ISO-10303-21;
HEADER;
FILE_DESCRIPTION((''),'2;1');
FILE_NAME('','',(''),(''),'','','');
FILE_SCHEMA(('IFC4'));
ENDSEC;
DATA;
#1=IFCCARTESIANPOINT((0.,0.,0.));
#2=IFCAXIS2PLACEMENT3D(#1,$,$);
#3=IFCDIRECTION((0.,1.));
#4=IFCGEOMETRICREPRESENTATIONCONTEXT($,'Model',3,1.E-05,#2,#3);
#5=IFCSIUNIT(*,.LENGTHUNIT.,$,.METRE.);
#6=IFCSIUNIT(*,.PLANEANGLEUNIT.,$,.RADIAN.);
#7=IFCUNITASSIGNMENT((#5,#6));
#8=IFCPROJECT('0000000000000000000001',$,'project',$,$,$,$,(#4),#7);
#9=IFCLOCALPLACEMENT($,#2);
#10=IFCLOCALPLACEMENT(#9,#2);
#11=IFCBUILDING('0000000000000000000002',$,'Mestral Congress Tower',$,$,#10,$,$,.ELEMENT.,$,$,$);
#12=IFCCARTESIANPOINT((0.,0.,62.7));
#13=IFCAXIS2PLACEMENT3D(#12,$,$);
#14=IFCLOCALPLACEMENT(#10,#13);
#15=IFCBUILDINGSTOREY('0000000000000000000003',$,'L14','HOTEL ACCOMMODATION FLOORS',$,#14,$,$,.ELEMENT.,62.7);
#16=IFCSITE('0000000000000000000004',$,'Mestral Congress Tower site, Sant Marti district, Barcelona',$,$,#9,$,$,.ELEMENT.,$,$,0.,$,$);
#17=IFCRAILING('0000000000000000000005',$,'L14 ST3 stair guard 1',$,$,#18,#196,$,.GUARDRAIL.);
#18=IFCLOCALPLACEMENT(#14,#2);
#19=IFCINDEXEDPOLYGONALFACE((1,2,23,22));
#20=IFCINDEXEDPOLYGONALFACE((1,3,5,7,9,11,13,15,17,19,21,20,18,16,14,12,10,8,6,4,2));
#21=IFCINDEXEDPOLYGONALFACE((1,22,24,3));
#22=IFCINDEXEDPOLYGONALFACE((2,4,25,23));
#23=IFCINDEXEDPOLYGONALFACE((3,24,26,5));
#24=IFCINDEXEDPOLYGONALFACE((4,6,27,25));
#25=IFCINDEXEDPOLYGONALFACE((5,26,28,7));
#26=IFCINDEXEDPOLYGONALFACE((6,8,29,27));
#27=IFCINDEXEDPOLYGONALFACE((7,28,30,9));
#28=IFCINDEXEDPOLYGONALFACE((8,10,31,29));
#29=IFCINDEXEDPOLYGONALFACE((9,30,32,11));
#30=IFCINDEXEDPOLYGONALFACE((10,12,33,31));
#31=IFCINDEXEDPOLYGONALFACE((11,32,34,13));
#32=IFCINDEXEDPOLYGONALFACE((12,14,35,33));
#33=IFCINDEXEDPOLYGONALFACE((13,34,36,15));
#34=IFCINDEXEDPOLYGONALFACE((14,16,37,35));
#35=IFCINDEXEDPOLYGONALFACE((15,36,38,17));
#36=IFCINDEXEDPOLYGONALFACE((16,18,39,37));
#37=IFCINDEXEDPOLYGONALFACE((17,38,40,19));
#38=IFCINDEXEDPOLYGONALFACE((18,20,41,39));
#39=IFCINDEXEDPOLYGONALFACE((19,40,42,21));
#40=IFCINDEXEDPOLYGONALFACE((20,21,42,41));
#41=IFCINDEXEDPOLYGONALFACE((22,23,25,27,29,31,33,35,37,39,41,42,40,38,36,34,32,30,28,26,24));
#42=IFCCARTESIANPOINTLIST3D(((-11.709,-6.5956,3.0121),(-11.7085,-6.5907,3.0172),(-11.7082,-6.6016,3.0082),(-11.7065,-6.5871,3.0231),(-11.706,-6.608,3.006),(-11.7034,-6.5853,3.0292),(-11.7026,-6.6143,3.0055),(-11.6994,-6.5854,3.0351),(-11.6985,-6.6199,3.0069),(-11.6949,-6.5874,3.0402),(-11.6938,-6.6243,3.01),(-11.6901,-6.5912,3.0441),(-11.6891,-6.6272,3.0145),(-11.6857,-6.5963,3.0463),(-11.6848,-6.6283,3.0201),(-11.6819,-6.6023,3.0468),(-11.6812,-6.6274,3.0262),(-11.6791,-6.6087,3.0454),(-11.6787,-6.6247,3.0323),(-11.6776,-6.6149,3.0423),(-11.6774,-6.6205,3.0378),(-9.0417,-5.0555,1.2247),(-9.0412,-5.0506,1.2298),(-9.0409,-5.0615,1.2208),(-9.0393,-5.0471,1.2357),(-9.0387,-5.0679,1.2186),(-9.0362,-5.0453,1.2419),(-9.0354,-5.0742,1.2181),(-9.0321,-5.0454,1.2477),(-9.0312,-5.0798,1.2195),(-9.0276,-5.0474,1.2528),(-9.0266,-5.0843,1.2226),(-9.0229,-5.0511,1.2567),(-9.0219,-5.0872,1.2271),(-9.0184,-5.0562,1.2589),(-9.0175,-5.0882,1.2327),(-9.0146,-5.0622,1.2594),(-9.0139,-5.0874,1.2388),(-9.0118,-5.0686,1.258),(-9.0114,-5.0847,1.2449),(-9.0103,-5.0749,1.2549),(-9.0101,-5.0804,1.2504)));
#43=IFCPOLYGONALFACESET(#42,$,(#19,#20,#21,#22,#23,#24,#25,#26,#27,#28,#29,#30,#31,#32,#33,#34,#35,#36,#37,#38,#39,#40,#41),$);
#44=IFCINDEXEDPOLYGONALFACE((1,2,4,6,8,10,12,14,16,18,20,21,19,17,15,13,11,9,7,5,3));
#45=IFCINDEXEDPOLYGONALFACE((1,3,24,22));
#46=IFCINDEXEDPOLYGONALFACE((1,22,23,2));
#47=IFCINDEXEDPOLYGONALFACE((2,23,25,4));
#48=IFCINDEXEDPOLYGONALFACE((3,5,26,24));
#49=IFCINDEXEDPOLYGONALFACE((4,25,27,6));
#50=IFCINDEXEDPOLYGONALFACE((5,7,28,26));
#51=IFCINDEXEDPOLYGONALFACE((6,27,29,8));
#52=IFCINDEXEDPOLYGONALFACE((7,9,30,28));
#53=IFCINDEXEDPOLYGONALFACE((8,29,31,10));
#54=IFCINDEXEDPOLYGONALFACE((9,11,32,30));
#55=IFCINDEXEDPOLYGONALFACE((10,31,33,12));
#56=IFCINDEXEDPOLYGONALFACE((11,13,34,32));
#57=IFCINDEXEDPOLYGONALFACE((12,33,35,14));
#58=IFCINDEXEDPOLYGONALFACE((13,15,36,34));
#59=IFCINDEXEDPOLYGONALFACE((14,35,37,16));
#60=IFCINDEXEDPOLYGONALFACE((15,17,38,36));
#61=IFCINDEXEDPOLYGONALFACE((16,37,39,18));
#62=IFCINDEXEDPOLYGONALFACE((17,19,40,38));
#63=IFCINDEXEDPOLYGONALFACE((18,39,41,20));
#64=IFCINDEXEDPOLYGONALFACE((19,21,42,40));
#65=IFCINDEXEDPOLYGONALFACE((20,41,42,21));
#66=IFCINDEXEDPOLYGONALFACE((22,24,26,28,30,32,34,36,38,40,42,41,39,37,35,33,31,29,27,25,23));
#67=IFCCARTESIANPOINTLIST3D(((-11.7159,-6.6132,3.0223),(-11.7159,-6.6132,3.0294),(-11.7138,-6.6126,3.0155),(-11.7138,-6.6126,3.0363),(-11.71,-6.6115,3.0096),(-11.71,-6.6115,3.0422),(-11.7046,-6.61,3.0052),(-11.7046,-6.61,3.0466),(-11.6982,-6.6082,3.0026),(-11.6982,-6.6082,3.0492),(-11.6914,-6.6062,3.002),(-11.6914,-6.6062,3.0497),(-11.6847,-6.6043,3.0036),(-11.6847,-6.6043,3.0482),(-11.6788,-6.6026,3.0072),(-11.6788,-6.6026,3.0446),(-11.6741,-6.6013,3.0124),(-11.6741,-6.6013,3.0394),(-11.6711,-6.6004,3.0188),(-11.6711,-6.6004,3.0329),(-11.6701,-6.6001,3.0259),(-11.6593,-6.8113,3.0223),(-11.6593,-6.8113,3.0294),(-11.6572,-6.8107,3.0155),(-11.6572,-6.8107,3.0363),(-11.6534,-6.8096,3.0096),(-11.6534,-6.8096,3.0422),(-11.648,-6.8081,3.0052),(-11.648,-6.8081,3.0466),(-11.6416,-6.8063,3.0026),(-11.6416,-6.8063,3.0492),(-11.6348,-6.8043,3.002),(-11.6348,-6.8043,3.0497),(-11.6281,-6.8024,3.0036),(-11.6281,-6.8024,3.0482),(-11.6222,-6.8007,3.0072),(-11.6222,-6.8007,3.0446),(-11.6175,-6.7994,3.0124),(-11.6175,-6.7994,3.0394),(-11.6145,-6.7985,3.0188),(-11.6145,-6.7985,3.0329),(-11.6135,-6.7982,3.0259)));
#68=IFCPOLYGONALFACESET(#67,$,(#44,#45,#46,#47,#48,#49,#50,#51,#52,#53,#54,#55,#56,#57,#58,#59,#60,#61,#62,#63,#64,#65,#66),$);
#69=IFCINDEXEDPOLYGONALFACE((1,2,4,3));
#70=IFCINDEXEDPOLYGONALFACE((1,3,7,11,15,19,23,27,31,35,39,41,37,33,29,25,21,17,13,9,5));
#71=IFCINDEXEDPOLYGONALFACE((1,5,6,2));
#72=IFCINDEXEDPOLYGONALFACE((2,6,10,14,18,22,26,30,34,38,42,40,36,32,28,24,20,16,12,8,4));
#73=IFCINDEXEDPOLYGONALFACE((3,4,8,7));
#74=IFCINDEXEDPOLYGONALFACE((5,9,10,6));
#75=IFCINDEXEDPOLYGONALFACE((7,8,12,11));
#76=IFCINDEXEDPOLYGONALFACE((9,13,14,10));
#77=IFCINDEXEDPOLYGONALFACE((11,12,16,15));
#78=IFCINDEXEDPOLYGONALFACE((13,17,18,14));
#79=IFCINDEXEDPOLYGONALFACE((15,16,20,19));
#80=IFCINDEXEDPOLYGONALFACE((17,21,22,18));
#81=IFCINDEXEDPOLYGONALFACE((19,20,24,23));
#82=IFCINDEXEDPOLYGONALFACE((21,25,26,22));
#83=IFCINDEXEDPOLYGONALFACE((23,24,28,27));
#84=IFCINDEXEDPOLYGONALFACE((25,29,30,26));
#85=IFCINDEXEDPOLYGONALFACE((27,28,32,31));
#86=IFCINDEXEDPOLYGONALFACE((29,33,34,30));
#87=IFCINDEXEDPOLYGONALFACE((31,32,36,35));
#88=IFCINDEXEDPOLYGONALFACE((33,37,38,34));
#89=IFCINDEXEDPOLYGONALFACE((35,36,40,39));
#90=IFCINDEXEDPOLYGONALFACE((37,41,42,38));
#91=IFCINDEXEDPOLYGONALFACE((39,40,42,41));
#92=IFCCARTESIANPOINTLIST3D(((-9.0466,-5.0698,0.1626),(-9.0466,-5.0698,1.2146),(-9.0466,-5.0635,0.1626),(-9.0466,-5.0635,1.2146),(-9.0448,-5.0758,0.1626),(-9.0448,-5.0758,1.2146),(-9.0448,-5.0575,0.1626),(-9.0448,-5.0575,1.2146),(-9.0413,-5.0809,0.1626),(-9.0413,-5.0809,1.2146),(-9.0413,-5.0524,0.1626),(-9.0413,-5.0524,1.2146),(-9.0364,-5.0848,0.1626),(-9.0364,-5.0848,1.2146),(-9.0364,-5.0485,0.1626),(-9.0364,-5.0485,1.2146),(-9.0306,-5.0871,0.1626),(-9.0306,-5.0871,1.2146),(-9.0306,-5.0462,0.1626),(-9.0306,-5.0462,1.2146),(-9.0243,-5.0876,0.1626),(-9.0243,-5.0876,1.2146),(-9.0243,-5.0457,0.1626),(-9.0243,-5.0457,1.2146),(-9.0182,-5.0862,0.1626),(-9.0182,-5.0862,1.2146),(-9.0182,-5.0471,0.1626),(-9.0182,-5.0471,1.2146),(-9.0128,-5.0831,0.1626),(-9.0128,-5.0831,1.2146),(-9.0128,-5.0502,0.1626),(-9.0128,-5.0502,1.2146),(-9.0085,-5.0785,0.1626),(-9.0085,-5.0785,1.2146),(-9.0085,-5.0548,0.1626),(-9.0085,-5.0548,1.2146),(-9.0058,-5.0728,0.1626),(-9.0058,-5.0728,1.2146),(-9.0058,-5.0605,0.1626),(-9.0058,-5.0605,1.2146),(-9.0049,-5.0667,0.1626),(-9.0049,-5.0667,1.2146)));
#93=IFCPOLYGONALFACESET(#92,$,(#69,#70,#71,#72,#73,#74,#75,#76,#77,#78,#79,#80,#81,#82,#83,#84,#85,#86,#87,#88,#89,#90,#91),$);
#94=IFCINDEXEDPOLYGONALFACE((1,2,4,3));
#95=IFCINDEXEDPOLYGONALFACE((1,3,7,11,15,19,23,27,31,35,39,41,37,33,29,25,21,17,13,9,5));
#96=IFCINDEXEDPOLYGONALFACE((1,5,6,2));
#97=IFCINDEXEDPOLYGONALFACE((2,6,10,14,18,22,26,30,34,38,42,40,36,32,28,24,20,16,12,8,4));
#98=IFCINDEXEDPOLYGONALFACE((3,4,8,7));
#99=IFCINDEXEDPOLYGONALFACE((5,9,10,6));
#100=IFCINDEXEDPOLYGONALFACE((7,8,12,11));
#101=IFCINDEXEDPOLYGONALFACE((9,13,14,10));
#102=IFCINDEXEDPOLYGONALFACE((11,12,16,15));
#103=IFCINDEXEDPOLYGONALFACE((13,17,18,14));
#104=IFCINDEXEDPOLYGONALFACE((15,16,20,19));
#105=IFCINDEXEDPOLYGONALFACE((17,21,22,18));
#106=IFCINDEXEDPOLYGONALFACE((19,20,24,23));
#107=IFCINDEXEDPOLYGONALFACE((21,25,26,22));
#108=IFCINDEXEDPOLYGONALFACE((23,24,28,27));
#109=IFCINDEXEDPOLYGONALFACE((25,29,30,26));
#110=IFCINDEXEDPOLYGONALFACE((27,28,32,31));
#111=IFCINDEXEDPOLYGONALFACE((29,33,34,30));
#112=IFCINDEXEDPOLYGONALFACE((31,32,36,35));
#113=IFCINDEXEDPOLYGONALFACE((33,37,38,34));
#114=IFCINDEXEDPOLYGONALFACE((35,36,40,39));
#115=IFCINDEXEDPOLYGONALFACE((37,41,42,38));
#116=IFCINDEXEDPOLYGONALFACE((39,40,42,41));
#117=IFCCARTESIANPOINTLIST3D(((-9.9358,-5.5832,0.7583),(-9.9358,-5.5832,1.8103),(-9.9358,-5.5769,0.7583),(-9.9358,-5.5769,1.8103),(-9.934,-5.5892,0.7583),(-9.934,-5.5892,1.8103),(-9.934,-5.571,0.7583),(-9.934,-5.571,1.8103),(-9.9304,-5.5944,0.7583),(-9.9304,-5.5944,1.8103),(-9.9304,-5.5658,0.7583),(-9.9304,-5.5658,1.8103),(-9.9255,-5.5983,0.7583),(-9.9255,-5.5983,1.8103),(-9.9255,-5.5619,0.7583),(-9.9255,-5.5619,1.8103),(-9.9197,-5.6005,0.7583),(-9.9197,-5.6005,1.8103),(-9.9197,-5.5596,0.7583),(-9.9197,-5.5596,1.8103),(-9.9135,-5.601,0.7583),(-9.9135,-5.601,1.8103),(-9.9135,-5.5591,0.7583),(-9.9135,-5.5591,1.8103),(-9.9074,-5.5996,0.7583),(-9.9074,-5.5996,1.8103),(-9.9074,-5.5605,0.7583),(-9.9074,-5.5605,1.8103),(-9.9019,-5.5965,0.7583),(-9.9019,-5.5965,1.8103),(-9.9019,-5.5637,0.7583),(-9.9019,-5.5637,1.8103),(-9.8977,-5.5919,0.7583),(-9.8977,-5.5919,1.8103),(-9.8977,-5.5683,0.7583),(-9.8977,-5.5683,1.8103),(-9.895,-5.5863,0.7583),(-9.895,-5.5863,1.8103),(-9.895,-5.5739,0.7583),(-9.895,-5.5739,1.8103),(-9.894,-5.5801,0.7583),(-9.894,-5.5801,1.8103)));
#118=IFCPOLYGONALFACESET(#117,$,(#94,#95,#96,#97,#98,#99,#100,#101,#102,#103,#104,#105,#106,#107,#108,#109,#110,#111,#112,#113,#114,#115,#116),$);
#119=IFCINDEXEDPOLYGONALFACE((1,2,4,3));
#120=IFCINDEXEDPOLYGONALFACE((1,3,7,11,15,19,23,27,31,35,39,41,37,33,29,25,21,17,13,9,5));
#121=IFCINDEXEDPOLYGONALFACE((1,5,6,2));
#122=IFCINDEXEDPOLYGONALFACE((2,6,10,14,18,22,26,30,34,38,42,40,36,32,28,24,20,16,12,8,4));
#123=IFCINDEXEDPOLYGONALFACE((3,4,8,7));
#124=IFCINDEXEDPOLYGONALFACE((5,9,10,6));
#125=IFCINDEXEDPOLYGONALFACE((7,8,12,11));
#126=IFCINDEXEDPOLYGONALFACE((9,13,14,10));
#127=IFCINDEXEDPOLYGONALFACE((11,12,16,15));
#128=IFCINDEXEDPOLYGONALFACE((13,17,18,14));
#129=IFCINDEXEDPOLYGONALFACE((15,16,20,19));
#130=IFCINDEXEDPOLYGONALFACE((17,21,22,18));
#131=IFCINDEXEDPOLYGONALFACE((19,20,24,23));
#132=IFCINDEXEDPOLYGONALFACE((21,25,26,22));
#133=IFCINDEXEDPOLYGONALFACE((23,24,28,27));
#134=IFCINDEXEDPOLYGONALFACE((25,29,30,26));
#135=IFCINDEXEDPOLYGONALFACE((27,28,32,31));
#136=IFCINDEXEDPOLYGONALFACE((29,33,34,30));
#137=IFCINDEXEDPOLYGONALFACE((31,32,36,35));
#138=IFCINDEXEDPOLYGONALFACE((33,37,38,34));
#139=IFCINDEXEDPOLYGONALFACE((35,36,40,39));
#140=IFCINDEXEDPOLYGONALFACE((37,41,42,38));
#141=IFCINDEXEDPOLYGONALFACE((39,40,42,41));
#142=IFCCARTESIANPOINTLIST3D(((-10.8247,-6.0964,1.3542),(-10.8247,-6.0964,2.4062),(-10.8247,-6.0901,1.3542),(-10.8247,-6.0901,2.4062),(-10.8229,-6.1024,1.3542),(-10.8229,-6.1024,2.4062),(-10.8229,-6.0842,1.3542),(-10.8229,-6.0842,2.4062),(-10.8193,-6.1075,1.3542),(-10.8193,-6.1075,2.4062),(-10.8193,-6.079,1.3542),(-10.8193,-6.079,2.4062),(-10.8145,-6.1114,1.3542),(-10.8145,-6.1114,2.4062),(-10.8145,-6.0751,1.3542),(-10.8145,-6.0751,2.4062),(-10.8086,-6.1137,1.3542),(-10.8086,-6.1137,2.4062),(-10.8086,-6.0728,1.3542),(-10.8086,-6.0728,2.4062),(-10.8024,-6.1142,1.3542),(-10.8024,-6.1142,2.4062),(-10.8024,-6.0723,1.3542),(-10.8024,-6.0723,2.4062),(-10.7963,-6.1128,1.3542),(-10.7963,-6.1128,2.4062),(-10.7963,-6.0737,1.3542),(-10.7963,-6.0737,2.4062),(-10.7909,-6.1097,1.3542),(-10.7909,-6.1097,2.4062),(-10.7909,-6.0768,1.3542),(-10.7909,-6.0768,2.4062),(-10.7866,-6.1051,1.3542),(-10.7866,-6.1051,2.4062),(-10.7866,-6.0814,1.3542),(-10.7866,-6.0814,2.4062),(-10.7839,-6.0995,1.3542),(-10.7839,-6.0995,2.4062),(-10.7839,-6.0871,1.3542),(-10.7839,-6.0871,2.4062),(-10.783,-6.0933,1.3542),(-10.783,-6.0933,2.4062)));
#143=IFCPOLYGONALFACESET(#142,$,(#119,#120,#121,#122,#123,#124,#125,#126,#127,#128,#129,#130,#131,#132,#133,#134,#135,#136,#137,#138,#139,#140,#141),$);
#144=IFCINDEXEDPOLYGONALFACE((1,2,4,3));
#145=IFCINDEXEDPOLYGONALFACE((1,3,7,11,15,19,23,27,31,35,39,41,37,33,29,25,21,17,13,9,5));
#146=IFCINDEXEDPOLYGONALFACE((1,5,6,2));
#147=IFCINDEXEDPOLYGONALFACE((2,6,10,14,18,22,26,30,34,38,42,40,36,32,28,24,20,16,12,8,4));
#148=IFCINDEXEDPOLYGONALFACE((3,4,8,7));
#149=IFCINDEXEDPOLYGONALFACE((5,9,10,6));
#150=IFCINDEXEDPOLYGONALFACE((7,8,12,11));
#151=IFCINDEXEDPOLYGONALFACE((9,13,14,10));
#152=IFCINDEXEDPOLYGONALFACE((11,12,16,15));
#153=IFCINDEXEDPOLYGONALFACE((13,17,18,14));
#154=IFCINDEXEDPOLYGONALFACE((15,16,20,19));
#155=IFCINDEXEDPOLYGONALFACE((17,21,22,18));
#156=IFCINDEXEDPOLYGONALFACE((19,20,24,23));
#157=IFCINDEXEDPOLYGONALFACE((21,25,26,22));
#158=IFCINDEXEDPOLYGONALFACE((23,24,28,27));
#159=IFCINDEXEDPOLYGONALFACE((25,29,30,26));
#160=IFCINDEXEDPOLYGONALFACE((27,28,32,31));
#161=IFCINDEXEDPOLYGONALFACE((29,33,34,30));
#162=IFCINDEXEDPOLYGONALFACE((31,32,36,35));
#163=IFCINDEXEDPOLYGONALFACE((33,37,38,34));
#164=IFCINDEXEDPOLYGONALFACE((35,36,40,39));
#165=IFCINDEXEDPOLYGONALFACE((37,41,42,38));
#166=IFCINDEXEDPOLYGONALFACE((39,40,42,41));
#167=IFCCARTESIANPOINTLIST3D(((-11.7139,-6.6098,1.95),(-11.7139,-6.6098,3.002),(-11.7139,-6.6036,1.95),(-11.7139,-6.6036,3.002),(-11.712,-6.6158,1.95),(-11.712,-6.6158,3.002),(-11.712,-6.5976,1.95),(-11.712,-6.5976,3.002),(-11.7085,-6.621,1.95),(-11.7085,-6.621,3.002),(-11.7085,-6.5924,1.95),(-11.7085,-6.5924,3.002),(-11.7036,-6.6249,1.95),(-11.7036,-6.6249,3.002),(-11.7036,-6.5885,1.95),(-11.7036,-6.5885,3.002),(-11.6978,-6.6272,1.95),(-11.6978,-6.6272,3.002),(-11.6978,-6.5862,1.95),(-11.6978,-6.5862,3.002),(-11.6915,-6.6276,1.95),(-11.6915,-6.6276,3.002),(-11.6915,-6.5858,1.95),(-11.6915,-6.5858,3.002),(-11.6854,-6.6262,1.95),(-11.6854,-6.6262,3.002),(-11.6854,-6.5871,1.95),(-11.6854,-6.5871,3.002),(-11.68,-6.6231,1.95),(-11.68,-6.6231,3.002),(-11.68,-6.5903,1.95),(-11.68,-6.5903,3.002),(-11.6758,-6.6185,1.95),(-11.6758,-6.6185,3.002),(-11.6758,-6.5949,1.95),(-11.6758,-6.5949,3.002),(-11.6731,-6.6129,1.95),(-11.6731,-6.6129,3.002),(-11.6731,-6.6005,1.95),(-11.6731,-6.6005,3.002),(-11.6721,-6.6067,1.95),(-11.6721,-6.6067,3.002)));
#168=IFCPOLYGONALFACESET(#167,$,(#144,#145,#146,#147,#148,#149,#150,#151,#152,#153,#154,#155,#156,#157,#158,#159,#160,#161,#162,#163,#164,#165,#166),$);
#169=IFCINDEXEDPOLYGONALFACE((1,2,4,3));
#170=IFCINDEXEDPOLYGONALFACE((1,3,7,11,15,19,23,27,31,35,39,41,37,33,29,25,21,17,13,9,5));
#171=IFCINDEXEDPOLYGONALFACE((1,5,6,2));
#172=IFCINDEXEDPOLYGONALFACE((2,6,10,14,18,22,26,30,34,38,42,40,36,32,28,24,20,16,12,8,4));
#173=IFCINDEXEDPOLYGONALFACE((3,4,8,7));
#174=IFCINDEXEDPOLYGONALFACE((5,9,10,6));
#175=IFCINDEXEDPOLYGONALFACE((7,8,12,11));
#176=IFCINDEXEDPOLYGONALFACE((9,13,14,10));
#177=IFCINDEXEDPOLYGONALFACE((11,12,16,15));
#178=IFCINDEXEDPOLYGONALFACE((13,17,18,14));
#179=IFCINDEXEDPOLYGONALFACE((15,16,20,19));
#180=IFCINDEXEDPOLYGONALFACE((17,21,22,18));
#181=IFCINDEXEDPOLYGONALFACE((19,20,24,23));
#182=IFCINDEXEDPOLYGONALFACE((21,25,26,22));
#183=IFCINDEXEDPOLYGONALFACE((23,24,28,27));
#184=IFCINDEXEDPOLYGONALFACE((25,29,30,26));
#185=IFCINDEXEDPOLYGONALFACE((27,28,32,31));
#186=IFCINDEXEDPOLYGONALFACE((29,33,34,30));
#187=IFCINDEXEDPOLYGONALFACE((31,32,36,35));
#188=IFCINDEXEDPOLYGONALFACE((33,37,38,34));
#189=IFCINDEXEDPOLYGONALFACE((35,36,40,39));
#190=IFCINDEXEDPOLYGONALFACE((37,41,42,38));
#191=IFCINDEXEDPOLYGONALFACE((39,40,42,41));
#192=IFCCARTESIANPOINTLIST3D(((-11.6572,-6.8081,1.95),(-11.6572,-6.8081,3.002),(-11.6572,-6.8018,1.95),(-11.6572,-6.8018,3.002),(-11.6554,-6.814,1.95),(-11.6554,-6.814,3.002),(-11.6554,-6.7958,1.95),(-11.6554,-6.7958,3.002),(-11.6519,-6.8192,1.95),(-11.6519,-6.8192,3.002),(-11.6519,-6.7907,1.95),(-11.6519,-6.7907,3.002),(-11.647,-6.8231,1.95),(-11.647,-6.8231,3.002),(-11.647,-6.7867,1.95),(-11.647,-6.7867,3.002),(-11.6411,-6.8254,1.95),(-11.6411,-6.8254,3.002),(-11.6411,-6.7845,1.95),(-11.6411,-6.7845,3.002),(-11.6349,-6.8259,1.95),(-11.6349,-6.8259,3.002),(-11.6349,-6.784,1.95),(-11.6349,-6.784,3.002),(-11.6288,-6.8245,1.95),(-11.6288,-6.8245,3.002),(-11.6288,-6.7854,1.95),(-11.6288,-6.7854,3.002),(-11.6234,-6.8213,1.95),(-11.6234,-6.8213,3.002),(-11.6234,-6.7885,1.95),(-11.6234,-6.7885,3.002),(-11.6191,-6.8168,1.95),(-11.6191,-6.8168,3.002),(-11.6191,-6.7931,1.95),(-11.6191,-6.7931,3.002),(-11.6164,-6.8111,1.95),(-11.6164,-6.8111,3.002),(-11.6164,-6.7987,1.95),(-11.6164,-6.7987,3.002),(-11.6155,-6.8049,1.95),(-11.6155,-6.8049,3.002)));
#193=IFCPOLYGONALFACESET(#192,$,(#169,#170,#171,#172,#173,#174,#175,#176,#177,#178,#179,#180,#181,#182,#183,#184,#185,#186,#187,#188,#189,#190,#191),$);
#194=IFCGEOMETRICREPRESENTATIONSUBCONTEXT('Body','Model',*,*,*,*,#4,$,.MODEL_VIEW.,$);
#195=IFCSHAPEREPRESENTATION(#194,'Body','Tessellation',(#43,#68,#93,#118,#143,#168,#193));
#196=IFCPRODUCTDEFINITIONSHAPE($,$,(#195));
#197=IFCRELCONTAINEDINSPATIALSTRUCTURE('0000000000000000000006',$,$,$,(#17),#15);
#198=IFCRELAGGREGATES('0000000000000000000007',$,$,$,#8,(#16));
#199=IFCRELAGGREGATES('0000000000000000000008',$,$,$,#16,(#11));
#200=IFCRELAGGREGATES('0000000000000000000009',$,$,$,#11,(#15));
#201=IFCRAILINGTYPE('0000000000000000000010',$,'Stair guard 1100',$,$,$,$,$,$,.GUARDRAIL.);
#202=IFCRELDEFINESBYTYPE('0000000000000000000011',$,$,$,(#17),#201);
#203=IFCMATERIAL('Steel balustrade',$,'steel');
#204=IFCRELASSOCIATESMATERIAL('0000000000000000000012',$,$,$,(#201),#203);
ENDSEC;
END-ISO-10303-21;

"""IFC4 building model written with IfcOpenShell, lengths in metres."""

from ifc_helpers import new_model, si_unit, direction, frame, origin, origin_2d, place, context, subcontext, project, spatial, circle, extrude, material, type_object, element, save


model = new_model("IFC4")

# Units and contexts
model_context = context("Model", 3, precision=1e-05, world=origin(), true_north=direction((0.0, 1.0)))
body_context = subcontext(model_context, "Body", "Model", "MODEL_VIEW")
ifc_project = project(units=[si_unit("LENGTHUNIT", "METRE"), si_unit("PLANEANGLEUNIT", "RADIAN")], contexts=[model_context])

# Site, building, storey
site_placement = place(None, origin())
site = spatial("IfcSite", under=ifc_project, at=site_placement, Name="Mestral Congress Tower site, Sant Marti district, Barcelona", CompositionType="ELEMENT", RefElevation=0.0)
building_placement = place(site_placement, origin())
building = spatial("IfcBuilding", under=site, at=building_placement, Name="Mestral Congress Tower", CompositionType="ELEMENT")
storey_placement = place(building_placement, frame((0.0, 0.0, 62.7)))
storey = spatial("IfcBuildingStorey", under=building, at=storey_placement, Name="L14", Description="HOTEL ACCOMMODATION FLOORS", CompositionType="ELEMENT", Elevation=62.7)

# Railing
ifc_material_1 = material(Name="Steel balustrade", Category="steel")
railing_type_1 = type_object("IfcRailingType", Name="Stair guard 1100", PredefinedType="GUARDRAIL", material=ifc_material_1)
railing_1_placement = place(storey_placement, frame((-9.0259, -5.0667, 0.1626)))
element("IfcRailing", 1, at=railing_1_placement, inside=storey, type_object=railing_type_1, Name="L14 ST3 stair guard 1", PredefinedType="GUARDRAIL", context=body_context, shape_type="SweptSolid", body=[
    extrude(circle(Radius=0.0239, at=origin_2d()), frame((0.0, 0.0, 1.0762), z_axis=(-0.74902, -0.432477, 0.501929), x_axis=(0.500027, -0.86601, 0.0)), (0.0, 0.0, 1.0), 3.561),
    extrude(circle(Radius=0.0239, at=origin_2d()), frame((-2.6672, -1.54, 2.8633), z_axis=(0.274721, -0.961524, 0.0), x_axis=(0.961524, 0.274721, 0.0)), (0.0, 0.0, 1.0), 0.2061),
    extrude(circle(Radius=0.021, at=origin_2d()), origin(), (0.0, 0.0, 1.0), 1.052),
    extrude(circle(Radius=0.021, at=origin_2d()), frame((-0.8892, -0.5134, 0.5957)), (0.0, 0.0, 1.0), 1.052),
    extrude(circle(Radius=0.021, at=origin_2d()), frame((-1.7781, -1.0266, 1.1917)), (0.0, 0.0, 1.0), 1.052),
    extrude(circle(Radius=0.021, at=origin_2d()), frame((-2.6672, -1.54, 1.7874)), (0.0, 0.0, 1.0), 1.052),
    extrude(circle(Radius=0.021, at=origin_2d()), frame((-2.6106, -1.7383, 1.7874)), (0.0, 0.0, 1.0), 1.052),
])

save(model, "model.ifc")
